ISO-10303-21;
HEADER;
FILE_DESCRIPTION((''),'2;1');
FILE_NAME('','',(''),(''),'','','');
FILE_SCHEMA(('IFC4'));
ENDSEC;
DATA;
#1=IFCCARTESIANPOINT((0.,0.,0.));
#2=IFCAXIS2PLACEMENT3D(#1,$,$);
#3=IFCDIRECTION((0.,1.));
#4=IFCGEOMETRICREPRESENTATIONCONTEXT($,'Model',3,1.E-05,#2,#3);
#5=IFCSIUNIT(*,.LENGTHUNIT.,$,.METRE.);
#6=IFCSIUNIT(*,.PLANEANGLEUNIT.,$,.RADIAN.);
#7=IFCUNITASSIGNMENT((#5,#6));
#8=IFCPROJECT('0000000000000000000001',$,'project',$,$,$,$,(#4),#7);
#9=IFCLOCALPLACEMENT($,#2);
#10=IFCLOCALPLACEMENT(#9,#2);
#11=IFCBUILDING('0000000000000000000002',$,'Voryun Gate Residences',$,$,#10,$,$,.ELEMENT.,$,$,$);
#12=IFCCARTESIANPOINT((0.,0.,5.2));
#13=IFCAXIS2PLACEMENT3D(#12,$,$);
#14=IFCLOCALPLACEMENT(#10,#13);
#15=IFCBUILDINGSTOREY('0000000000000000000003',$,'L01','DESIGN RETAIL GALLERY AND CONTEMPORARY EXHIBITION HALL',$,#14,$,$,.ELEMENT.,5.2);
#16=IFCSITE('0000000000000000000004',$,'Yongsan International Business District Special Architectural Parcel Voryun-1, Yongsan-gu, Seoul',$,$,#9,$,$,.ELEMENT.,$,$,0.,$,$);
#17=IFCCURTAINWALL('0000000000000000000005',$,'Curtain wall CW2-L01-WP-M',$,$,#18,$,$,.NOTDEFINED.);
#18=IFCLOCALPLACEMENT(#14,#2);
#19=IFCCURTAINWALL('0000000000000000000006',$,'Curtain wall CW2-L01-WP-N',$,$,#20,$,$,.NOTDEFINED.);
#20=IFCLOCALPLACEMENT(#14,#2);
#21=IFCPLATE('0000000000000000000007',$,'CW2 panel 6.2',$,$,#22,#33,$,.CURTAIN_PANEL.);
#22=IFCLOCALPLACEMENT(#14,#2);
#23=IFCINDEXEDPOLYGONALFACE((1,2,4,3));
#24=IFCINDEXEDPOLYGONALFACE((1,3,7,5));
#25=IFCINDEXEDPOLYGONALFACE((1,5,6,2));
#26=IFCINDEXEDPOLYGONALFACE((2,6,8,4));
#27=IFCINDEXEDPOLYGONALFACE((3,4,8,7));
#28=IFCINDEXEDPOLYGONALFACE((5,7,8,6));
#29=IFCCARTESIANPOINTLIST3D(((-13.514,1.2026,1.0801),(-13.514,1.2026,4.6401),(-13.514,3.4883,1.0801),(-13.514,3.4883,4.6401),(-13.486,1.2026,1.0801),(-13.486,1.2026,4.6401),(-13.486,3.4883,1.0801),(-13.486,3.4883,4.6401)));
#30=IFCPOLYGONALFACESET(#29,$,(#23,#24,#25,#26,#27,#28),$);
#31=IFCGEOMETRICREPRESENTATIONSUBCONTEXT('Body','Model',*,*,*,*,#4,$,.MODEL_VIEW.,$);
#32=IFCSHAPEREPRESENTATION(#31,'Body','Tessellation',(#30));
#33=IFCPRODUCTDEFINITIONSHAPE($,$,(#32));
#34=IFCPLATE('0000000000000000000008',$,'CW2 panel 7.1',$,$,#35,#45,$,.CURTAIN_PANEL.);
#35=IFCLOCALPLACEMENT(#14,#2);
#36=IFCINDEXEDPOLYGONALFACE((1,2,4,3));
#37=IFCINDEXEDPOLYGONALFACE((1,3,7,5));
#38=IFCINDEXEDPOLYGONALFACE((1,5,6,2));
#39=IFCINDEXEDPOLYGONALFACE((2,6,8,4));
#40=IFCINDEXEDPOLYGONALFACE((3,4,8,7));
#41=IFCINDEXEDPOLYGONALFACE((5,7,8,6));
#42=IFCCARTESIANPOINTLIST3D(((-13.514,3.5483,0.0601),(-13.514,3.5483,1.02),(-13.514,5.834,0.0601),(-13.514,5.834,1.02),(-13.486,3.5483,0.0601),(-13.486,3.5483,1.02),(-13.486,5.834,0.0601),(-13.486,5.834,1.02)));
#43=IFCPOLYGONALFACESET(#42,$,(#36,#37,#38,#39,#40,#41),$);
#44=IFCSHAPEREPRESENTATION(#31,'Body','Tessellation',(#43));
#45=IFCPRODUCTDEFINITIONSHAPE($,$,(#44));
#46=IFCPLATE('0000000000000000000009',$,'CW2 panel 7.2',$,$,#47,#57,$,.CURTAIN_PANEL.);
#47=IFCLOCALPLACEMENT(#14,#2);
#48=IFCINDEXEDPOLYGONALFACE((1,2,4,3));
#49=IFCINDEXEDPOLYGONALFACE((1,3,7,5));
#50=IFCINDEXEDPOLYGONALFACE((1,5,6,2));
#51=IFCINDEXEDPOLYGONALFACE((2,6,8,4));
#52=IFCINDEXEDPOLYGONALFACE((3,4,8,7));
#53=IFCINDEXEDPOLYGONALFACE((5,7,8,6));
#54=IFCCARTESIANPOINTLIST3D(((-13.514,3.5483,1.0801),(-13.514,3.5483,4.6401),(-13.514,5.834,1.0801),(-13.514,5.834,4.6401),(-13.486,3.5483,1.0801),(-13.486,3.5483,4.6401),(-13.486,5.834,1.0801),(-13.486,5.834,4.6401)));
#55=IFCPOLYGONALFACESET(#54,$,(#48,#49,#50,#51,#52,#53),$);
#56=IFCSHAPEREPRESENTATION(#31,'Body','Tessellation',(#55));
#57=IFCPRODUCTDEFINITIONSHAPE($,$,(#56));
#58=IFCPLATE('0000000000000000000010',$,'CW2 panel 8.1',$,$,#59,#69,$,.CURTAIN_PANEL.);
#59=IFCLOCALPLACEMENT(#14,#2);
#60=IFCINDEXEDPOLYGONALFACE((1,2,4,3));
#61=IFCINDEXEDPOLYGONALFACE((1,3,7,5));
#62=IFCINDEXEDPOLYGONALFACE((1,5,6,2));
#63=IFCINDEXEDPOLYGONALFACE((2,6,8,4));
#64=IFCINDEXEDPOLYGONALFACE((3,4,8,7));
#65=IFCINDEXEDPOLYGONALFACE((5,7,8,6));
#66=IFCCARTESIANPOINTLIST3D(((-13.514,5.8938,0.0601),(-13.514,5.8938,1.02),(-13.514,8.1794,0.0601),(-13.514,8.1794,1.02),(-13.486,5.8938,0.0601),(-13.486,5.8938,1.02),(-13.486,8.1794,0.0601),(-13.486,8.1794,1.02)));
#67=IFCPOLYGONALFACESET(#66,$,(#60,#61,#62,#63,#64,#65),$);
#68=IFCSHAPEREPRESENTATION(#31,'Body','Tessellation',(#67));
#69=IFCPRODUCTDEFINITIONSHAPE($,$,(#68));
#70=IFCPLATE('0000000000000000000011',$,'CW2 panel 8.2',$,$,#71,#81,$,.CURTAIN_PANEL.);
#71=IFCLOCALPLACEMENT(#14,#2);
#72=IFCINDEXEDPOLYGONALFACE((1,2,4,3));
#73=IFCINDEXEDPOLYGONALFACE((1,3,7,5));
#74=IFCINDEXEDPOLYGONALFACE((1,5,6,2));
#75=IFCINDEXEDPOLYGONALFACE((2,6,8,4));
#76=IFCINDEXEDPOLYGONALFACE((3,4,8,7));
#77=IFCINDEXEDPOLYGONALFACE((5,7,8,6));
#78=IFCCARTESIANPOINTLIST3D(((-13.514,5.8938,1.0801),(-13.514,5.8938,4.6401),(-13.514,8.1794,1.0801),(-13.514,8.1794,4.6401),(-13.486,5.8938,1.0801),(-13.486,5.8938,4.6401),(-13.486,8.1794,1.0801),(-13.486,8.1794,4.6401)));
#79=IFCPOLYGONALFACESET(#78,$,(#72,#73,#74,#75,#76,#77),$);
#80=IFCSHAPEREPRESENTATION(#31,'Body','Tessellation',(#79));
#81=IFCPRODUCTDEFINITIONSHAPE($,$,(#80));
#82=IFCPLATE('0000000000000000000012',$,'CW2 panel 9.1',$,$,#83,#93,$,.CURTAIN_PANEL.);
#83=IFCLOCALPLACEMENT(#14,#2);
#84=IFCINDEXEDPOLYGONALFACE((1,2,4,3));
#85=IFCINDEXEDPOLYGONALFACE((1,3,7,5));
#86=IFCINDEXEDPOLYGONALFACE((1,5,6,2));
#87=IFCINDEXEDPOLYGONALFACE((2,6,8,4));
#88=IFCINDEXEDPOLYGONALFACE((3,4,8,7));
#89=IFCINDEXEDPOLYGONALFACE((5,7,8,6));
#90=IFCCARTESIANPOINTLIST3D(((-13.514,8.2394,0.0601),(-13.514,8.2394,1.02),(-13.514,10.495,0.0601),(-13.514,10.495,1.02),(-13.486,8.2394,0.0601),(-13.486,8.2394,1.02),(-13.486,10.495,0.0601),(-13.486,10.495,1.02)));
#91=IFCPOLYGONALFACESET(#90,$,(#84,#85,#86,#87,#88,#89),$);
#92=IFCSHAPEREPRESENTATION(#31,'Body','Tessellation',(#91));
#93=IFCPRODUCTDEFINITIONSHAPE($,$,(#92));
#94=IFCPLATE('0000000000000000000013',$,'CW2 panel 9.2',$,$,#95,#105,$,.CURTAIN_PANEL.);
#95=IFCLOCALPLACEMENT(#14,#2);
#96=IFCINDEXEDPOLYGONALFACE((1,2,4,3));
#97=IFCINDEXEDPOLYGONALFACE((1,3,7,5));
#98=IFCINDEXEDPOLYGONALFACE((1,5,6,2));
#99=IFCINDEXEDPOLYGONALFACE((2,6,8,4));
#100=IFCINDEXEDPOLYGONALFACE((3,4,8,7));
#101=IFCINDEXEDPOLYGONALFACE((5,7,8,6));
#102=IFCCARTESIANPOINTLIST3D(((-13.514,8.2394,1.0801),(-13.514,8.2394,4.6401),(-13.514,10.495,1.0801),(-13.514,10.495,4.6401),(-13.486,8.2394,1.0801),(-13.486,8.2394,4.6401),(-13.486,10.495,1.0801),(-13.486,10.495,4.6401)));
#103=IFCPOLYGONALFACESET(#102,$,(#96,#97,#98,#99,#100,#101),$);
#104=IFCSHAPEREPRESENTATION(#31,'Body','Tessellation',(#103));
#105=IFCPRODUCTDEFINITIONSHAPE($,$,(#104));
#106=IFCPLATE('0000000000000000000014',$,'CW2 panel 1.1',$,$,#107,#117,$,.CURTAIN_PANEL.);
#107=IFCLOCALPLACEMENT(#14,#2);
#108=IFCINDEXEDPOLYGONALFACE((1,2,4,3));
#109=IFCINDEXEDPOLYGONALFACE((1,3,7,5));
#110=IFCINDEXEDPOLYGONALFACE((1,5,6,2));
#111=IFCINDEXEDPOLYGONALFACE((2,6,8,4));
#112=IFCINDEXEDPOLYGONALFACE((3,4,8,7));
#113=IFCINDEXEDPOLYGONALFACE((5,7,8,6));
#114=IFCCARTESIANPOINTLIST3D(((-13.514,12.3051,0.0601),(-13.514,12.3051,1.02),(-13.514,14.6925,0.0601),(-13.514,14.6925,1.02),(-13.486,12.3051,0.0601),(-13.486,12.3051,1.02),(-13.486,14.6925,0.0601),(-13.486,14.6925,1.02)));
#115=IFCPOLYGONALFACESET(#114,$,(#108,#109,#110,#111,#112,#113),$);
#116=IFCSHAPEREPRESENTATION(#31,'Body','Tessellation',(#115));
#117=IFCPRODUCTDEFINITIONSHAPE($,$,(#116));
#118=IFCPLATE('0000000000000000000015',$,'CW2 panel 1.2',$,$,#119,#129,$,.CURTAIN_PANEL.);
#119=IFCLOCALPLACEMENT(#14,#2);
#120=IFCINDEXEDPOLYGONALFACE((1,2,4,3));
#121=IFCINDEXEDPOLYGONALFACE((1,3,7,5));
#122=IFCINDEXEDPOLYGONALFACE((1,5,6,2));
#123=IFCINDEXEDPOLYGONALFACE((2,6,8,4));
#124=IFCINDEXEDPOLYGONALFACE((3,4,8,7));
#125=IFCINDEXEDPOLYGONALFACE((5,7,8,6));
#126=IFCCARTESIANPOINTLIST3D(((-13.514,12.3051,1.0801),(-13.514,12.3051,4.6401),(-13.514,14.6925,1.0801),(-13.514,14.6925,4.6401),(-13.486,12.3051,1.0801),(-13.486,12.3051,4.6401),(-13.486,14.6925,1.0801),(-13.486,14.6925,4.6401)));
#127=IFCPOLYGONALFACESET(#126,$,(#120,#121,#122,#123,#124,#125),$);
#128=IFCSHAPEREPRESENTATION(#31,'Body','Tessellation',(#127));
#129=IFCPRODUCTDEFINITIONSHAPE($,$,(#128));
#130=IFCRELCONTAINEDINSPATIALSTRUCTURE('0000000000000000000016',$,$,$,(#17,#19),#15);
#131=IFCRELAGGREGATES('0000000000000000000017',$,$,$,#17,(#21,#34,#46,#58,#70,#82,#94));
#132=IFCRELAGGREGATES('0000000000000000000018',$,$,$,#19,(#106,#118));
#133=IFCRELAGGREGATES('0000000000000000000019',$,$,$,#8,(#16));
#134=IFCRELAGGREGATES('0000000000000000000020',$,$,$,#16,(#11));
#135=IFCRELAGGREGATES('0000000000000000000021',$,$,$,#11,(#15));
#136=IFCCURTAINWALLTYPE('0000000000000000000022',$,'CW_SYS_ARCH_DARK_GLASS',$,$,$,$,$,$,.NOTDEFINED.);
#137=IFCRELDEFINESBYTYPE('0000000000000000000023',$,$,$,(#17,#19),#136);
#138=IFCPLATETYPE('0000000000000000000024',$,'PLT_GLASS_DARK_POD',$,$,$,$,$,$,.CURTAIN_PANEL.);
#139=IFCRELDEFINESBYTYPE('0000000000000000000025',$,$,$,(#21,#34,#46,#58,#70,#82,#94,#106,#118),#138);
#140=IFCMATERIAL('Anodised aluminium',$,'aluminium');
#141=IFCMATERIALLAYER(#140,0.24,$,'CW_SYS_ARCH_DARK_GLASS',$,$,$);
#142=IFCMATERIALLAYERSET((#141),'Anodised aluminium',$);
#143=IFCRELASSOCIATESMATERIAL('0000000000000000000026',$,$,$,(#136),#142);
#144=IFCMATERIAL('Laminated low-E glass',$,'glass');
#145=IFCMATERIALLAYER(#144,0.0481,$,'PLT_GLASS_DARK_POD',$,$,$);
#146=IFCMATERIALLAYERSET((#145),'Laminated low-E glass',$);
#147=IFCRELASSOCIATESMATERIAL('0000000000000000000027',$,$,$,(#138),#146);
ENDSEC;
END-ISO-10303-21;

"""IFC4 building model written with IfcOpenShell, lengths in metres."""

from ifc_helpers import new_model, si_unit, direction, frame, origin, origin_2d, place, context, subcontext, project, spatial, rectangle, extrude, material, layer, layer_set, type_object, element, aggregate, save


model = new_model("IFC4")

# Units and contexts
model_context = context("Model", 3, precision=1e-05, world=origin(), true_north=direction((0.0, 1.0)))
body_context = subcontext(model_context, "Body", "Model", "MODEL_VIEW")
ifc_project = project(units=[si_unit("LENGTHUNIT", "METRE"), si_unit("PLANEANGLEUNIT", "RADIAN")], contexts=[model_context])

# Site, building, storey
site_placement = place(None, origin())
site = spatial("IfcSite", under=ifc_project, at=site_placement, Name="Yongsan International Business District Special Architectural Parcel Voryun-1, Yongsan-gu, Seoul", CompositionType="ELEMENT", RefElevation=0.0)
building_placement = place(site_placement, origin())
building = spatial("IfcBuilding", under=site, at=building_placement, Name="Voryun Gate Residences", CompositionType="ELEMENT")
storey_placement = place(building_placement, frame((0.0, 0.0, 5.2)))
storey = spatial("IfcBuildingStorey", under=building, at=storey_placement, Name="L01", Description="DESIGN RETAIL GALLERY AND CONTEMPORARY EXHIBITION HALL", CompositionType="ELEMENT", Elevation=5.2)

# Curtain wall
ifc_material_1 = material(Name="Anodised aluminium", Category="aluminium")
ifc_layer_1 = layer(ifc_material_1, 0.24, Name="CW_SYS_ARCH_DARK_GLASS")
ifc_layer_set_1 = layer_set([ifc_layer_1], Name="Anodised aluminium")
curtain_wall_type = type_object("IfcCurtainWallType", Name="CW_SYS_ARCH_DARK_GLASS", PredefinedType="NOTDEFINED", material=ifc_layer_set_1)
curtain_wall_1_placement = place(storey_placement, origin())
curtain_wall_1 = element("IfcCurtainWall", 1, at=curtain_wall_1_placement, inside=storey, type_object=curtain_wall_type, Name="Curtain wall CW2-L01-WP-M", PredefinedType="NOTDEFINED")

# Curtain wall
curtain_wall_2_placement = place(storey_placement, origin())
curtain_wall_2 = element("IfcCurtainWall", 2, at=curtain_wall_2_placement, inside=storey, type_object=curtain_wall_type, Name="Curtain wall CW2-L01-WP-N", PredefinedType="NOTDEFINED")

# Plates
ifc_material_2 = material(Name="Laminated low-E glass", Category="glass")
ifc_layer_2 = layer(ifc_material_2, 0.0481, Name="PLT_GLASS_DARK_POD")
ifc_layer_set_2 = layer_set([ifc_layer_2], Name="Laminated low-E glass")
plate_type = type_object("IfcPlateType", Name="PLT_GLASS_DARK_POD", PredefinedType="CURTAIN_PANEL", material=ifc_layer_set_2)
plate_1_placement = place(storey_placement, frame((-13.5, 2.3455, 1.0801), z_axis=(0.0, 0.0, 1.0), x_axis=(0.0, 1.0, 0.0)))
plate_1 = element("IfcPlate", 3, at=plate_1_placement, type_object=plate_type, Name="CW2 panel 6.2", PredefinedType="CURTAIN_PANEL", context=body_context, shape_type="SweptSolid", body=[
    extrude(rectangle(XDim=2.2856, YDim=0.0281, at=origin_2d()), origin(), (0.0, 0.0, 1.0), 3.5601),
])
plate_2_placement = place(storey_placement, frame((-13.5, 4.6912, 0.0601), z_axis=(0.0, 0.0, 1.0), x_axis=(0.0, 1.0, 0.0)))
plate_2 = element("IfcPlate", 4, at=plate_2_placement, type_object=plate_type, Name="CW2 panel 7.1", PredefinedType="CURTAIN_PANEL", context=body_context, shape_type="SweptSolid", body=[
    extrude(rectangle(XDim=2.2856, YDim=0.0281, at=origin_2d()), origin(), (0.0, 0.0, 1.0), 0.96),
])
plate_3_placement = place(storey_placement, frame((-13.5, 4.6912, 1.0801), z_axis=(0.0, 0.0, 1.0), x_axis=(0.0, 1.0, 0.0)))
plate_3 = element("IfcPlate", 5, at=plate_3_placement, type_object=plate_type, Name="CW2 panel 7.2", PredefinedType="CURTAIN_PANEL", context=body_context, shape_type="SweptSolid", body=[
    extrude(rectangle(XDim=2.2856, YDim=0.0281, at=origin_2d()), origin(), (0.0, 0.0, 1.0), 3.5601),
])
plate_4_placement = place(storey_placement, frame((-13.5, 7.0366, 0.0601), z_axis=(0.0, 0.0, 1.0), x_axis=(0.0, 1.0, 0.0)))
plate_4 = element("IfcPlate", 6, at=plate_4_placement, type_object=plate_type, Name="CW2 panel 8.1", PredefinedType="CURTAIN_PANEL", context=body_context, shape_type="SweptSolid", body=[
    extrude(rectangle(XDim=2.2856, YDim=0.0281, at=origin_2d()), origin(), (0.0, 0.0, 1.0), 0.96),
])
plate_5_placement = place(storey_placement, frame((-13.5, 7.0366, 1.0801), z_axis=(0.0, 0.0, 1.0), x_axis=(0.0, 1.0, 0.0)))
plate_5 = element("IfcPlate", 7, at=plate_5_placement, type_object=plate_type, Name="CW2 panel 8.2", PredefinedType="CURTAIN_PANEL", context=body_context, shape_type="SweptSolid", body=[
    extrude(rectangle(XDim=2.2856, YDim=0.0281, at=origin_2d()), origin(), (0.0, 0.0, 1.0), 3.5601),
])
plate_6_placement = place(storey_placement, frame((-13.5, 9.3672, 0.0601), z_axis=(0.0, 0.0, 1.0), x_axis=(0.0, 1.0, 0.0)))
plate_6 = element("IfcPlate", 8, at=plate_6_placement, type_object=plate_type, Name="CW2 panel 9.1", PredefinedType="CURTAIN_PANEL", context=body_context, shape_type="SweptSolid", body=[
    extrude(rectangle(XDim=2.2556, YDim=0.0281, at=origin_2d()), origin(), (0.0, 0.0, 1.0), 0.96),
])
plate_7_placement = place(storey_placement, frame((-13.5, 9.3672, 1.0801), z_axis=(0.0, 0.0, 1.0), x_axis=(0.0, 1.0, 0.0)))
plate_7 = element("IfcPlate", 9, at=plate_7_placement, type_object=plate_type, Name="CW2 panel 9.2", PredefinedType="CURTAIN_PANEL", context=body_context, shape_type="SweptSolid", body=[
    extrude(rectangle(XDim=2.2556, YDim=0.0281, at=origin_2d()), origin(), (0.0, 0.0, 1.0), 3.5601),
])
aggregate(curtain_wall_1, [plate_1, plate_2, plate_3, plate_4, plate_5, plate_6, plate_7])
plate_8_placement = place(storey_placement, frame((-13.5, 13.4988, 0.0601), z_axis=(0.0, 0.0, 1.0), x_axis=(0.0, 1.0, 0.0)))
plate_8 = element("IfcPlate", 10, at=plate_8_placement, type_object=plate_type, Name="CW2 panel 1.1", PredefinedType="CURTAIN_PANEL", context=body_context, shape_type="SweptSolid", body=[
    extrude(rectangle(XDim=2.3875, YDim=0.0281, at=origin_2d()), origin(), (0.0, 0.0, 1.0), 0.96),
])
plate_9_placement = place(storey_placement, frame((-13.5, 13.4988, 1.0801), z_axis=(0.0, 0.0, 1.0), x_axis=(0.0, 1.0, 0.0)))
plate_9 = element("IfcPlate", 11, at=plate_9_placement, type_object=plate_type, Name="CW2 panel 1.2", PredefinedType="CURTAIN_PANEL", context=body_context, shape_type="SweptSolid", body=[
    extrude(rectangle(XDim=2.3875, YDim=0.0281, at=origin_2d()), origin(), (0.0, 0.0, 1.0), 3.5601),
])
aggregate(curtain_wall_2, [plate_8, plate_9])

save(model, "model.ifc")
